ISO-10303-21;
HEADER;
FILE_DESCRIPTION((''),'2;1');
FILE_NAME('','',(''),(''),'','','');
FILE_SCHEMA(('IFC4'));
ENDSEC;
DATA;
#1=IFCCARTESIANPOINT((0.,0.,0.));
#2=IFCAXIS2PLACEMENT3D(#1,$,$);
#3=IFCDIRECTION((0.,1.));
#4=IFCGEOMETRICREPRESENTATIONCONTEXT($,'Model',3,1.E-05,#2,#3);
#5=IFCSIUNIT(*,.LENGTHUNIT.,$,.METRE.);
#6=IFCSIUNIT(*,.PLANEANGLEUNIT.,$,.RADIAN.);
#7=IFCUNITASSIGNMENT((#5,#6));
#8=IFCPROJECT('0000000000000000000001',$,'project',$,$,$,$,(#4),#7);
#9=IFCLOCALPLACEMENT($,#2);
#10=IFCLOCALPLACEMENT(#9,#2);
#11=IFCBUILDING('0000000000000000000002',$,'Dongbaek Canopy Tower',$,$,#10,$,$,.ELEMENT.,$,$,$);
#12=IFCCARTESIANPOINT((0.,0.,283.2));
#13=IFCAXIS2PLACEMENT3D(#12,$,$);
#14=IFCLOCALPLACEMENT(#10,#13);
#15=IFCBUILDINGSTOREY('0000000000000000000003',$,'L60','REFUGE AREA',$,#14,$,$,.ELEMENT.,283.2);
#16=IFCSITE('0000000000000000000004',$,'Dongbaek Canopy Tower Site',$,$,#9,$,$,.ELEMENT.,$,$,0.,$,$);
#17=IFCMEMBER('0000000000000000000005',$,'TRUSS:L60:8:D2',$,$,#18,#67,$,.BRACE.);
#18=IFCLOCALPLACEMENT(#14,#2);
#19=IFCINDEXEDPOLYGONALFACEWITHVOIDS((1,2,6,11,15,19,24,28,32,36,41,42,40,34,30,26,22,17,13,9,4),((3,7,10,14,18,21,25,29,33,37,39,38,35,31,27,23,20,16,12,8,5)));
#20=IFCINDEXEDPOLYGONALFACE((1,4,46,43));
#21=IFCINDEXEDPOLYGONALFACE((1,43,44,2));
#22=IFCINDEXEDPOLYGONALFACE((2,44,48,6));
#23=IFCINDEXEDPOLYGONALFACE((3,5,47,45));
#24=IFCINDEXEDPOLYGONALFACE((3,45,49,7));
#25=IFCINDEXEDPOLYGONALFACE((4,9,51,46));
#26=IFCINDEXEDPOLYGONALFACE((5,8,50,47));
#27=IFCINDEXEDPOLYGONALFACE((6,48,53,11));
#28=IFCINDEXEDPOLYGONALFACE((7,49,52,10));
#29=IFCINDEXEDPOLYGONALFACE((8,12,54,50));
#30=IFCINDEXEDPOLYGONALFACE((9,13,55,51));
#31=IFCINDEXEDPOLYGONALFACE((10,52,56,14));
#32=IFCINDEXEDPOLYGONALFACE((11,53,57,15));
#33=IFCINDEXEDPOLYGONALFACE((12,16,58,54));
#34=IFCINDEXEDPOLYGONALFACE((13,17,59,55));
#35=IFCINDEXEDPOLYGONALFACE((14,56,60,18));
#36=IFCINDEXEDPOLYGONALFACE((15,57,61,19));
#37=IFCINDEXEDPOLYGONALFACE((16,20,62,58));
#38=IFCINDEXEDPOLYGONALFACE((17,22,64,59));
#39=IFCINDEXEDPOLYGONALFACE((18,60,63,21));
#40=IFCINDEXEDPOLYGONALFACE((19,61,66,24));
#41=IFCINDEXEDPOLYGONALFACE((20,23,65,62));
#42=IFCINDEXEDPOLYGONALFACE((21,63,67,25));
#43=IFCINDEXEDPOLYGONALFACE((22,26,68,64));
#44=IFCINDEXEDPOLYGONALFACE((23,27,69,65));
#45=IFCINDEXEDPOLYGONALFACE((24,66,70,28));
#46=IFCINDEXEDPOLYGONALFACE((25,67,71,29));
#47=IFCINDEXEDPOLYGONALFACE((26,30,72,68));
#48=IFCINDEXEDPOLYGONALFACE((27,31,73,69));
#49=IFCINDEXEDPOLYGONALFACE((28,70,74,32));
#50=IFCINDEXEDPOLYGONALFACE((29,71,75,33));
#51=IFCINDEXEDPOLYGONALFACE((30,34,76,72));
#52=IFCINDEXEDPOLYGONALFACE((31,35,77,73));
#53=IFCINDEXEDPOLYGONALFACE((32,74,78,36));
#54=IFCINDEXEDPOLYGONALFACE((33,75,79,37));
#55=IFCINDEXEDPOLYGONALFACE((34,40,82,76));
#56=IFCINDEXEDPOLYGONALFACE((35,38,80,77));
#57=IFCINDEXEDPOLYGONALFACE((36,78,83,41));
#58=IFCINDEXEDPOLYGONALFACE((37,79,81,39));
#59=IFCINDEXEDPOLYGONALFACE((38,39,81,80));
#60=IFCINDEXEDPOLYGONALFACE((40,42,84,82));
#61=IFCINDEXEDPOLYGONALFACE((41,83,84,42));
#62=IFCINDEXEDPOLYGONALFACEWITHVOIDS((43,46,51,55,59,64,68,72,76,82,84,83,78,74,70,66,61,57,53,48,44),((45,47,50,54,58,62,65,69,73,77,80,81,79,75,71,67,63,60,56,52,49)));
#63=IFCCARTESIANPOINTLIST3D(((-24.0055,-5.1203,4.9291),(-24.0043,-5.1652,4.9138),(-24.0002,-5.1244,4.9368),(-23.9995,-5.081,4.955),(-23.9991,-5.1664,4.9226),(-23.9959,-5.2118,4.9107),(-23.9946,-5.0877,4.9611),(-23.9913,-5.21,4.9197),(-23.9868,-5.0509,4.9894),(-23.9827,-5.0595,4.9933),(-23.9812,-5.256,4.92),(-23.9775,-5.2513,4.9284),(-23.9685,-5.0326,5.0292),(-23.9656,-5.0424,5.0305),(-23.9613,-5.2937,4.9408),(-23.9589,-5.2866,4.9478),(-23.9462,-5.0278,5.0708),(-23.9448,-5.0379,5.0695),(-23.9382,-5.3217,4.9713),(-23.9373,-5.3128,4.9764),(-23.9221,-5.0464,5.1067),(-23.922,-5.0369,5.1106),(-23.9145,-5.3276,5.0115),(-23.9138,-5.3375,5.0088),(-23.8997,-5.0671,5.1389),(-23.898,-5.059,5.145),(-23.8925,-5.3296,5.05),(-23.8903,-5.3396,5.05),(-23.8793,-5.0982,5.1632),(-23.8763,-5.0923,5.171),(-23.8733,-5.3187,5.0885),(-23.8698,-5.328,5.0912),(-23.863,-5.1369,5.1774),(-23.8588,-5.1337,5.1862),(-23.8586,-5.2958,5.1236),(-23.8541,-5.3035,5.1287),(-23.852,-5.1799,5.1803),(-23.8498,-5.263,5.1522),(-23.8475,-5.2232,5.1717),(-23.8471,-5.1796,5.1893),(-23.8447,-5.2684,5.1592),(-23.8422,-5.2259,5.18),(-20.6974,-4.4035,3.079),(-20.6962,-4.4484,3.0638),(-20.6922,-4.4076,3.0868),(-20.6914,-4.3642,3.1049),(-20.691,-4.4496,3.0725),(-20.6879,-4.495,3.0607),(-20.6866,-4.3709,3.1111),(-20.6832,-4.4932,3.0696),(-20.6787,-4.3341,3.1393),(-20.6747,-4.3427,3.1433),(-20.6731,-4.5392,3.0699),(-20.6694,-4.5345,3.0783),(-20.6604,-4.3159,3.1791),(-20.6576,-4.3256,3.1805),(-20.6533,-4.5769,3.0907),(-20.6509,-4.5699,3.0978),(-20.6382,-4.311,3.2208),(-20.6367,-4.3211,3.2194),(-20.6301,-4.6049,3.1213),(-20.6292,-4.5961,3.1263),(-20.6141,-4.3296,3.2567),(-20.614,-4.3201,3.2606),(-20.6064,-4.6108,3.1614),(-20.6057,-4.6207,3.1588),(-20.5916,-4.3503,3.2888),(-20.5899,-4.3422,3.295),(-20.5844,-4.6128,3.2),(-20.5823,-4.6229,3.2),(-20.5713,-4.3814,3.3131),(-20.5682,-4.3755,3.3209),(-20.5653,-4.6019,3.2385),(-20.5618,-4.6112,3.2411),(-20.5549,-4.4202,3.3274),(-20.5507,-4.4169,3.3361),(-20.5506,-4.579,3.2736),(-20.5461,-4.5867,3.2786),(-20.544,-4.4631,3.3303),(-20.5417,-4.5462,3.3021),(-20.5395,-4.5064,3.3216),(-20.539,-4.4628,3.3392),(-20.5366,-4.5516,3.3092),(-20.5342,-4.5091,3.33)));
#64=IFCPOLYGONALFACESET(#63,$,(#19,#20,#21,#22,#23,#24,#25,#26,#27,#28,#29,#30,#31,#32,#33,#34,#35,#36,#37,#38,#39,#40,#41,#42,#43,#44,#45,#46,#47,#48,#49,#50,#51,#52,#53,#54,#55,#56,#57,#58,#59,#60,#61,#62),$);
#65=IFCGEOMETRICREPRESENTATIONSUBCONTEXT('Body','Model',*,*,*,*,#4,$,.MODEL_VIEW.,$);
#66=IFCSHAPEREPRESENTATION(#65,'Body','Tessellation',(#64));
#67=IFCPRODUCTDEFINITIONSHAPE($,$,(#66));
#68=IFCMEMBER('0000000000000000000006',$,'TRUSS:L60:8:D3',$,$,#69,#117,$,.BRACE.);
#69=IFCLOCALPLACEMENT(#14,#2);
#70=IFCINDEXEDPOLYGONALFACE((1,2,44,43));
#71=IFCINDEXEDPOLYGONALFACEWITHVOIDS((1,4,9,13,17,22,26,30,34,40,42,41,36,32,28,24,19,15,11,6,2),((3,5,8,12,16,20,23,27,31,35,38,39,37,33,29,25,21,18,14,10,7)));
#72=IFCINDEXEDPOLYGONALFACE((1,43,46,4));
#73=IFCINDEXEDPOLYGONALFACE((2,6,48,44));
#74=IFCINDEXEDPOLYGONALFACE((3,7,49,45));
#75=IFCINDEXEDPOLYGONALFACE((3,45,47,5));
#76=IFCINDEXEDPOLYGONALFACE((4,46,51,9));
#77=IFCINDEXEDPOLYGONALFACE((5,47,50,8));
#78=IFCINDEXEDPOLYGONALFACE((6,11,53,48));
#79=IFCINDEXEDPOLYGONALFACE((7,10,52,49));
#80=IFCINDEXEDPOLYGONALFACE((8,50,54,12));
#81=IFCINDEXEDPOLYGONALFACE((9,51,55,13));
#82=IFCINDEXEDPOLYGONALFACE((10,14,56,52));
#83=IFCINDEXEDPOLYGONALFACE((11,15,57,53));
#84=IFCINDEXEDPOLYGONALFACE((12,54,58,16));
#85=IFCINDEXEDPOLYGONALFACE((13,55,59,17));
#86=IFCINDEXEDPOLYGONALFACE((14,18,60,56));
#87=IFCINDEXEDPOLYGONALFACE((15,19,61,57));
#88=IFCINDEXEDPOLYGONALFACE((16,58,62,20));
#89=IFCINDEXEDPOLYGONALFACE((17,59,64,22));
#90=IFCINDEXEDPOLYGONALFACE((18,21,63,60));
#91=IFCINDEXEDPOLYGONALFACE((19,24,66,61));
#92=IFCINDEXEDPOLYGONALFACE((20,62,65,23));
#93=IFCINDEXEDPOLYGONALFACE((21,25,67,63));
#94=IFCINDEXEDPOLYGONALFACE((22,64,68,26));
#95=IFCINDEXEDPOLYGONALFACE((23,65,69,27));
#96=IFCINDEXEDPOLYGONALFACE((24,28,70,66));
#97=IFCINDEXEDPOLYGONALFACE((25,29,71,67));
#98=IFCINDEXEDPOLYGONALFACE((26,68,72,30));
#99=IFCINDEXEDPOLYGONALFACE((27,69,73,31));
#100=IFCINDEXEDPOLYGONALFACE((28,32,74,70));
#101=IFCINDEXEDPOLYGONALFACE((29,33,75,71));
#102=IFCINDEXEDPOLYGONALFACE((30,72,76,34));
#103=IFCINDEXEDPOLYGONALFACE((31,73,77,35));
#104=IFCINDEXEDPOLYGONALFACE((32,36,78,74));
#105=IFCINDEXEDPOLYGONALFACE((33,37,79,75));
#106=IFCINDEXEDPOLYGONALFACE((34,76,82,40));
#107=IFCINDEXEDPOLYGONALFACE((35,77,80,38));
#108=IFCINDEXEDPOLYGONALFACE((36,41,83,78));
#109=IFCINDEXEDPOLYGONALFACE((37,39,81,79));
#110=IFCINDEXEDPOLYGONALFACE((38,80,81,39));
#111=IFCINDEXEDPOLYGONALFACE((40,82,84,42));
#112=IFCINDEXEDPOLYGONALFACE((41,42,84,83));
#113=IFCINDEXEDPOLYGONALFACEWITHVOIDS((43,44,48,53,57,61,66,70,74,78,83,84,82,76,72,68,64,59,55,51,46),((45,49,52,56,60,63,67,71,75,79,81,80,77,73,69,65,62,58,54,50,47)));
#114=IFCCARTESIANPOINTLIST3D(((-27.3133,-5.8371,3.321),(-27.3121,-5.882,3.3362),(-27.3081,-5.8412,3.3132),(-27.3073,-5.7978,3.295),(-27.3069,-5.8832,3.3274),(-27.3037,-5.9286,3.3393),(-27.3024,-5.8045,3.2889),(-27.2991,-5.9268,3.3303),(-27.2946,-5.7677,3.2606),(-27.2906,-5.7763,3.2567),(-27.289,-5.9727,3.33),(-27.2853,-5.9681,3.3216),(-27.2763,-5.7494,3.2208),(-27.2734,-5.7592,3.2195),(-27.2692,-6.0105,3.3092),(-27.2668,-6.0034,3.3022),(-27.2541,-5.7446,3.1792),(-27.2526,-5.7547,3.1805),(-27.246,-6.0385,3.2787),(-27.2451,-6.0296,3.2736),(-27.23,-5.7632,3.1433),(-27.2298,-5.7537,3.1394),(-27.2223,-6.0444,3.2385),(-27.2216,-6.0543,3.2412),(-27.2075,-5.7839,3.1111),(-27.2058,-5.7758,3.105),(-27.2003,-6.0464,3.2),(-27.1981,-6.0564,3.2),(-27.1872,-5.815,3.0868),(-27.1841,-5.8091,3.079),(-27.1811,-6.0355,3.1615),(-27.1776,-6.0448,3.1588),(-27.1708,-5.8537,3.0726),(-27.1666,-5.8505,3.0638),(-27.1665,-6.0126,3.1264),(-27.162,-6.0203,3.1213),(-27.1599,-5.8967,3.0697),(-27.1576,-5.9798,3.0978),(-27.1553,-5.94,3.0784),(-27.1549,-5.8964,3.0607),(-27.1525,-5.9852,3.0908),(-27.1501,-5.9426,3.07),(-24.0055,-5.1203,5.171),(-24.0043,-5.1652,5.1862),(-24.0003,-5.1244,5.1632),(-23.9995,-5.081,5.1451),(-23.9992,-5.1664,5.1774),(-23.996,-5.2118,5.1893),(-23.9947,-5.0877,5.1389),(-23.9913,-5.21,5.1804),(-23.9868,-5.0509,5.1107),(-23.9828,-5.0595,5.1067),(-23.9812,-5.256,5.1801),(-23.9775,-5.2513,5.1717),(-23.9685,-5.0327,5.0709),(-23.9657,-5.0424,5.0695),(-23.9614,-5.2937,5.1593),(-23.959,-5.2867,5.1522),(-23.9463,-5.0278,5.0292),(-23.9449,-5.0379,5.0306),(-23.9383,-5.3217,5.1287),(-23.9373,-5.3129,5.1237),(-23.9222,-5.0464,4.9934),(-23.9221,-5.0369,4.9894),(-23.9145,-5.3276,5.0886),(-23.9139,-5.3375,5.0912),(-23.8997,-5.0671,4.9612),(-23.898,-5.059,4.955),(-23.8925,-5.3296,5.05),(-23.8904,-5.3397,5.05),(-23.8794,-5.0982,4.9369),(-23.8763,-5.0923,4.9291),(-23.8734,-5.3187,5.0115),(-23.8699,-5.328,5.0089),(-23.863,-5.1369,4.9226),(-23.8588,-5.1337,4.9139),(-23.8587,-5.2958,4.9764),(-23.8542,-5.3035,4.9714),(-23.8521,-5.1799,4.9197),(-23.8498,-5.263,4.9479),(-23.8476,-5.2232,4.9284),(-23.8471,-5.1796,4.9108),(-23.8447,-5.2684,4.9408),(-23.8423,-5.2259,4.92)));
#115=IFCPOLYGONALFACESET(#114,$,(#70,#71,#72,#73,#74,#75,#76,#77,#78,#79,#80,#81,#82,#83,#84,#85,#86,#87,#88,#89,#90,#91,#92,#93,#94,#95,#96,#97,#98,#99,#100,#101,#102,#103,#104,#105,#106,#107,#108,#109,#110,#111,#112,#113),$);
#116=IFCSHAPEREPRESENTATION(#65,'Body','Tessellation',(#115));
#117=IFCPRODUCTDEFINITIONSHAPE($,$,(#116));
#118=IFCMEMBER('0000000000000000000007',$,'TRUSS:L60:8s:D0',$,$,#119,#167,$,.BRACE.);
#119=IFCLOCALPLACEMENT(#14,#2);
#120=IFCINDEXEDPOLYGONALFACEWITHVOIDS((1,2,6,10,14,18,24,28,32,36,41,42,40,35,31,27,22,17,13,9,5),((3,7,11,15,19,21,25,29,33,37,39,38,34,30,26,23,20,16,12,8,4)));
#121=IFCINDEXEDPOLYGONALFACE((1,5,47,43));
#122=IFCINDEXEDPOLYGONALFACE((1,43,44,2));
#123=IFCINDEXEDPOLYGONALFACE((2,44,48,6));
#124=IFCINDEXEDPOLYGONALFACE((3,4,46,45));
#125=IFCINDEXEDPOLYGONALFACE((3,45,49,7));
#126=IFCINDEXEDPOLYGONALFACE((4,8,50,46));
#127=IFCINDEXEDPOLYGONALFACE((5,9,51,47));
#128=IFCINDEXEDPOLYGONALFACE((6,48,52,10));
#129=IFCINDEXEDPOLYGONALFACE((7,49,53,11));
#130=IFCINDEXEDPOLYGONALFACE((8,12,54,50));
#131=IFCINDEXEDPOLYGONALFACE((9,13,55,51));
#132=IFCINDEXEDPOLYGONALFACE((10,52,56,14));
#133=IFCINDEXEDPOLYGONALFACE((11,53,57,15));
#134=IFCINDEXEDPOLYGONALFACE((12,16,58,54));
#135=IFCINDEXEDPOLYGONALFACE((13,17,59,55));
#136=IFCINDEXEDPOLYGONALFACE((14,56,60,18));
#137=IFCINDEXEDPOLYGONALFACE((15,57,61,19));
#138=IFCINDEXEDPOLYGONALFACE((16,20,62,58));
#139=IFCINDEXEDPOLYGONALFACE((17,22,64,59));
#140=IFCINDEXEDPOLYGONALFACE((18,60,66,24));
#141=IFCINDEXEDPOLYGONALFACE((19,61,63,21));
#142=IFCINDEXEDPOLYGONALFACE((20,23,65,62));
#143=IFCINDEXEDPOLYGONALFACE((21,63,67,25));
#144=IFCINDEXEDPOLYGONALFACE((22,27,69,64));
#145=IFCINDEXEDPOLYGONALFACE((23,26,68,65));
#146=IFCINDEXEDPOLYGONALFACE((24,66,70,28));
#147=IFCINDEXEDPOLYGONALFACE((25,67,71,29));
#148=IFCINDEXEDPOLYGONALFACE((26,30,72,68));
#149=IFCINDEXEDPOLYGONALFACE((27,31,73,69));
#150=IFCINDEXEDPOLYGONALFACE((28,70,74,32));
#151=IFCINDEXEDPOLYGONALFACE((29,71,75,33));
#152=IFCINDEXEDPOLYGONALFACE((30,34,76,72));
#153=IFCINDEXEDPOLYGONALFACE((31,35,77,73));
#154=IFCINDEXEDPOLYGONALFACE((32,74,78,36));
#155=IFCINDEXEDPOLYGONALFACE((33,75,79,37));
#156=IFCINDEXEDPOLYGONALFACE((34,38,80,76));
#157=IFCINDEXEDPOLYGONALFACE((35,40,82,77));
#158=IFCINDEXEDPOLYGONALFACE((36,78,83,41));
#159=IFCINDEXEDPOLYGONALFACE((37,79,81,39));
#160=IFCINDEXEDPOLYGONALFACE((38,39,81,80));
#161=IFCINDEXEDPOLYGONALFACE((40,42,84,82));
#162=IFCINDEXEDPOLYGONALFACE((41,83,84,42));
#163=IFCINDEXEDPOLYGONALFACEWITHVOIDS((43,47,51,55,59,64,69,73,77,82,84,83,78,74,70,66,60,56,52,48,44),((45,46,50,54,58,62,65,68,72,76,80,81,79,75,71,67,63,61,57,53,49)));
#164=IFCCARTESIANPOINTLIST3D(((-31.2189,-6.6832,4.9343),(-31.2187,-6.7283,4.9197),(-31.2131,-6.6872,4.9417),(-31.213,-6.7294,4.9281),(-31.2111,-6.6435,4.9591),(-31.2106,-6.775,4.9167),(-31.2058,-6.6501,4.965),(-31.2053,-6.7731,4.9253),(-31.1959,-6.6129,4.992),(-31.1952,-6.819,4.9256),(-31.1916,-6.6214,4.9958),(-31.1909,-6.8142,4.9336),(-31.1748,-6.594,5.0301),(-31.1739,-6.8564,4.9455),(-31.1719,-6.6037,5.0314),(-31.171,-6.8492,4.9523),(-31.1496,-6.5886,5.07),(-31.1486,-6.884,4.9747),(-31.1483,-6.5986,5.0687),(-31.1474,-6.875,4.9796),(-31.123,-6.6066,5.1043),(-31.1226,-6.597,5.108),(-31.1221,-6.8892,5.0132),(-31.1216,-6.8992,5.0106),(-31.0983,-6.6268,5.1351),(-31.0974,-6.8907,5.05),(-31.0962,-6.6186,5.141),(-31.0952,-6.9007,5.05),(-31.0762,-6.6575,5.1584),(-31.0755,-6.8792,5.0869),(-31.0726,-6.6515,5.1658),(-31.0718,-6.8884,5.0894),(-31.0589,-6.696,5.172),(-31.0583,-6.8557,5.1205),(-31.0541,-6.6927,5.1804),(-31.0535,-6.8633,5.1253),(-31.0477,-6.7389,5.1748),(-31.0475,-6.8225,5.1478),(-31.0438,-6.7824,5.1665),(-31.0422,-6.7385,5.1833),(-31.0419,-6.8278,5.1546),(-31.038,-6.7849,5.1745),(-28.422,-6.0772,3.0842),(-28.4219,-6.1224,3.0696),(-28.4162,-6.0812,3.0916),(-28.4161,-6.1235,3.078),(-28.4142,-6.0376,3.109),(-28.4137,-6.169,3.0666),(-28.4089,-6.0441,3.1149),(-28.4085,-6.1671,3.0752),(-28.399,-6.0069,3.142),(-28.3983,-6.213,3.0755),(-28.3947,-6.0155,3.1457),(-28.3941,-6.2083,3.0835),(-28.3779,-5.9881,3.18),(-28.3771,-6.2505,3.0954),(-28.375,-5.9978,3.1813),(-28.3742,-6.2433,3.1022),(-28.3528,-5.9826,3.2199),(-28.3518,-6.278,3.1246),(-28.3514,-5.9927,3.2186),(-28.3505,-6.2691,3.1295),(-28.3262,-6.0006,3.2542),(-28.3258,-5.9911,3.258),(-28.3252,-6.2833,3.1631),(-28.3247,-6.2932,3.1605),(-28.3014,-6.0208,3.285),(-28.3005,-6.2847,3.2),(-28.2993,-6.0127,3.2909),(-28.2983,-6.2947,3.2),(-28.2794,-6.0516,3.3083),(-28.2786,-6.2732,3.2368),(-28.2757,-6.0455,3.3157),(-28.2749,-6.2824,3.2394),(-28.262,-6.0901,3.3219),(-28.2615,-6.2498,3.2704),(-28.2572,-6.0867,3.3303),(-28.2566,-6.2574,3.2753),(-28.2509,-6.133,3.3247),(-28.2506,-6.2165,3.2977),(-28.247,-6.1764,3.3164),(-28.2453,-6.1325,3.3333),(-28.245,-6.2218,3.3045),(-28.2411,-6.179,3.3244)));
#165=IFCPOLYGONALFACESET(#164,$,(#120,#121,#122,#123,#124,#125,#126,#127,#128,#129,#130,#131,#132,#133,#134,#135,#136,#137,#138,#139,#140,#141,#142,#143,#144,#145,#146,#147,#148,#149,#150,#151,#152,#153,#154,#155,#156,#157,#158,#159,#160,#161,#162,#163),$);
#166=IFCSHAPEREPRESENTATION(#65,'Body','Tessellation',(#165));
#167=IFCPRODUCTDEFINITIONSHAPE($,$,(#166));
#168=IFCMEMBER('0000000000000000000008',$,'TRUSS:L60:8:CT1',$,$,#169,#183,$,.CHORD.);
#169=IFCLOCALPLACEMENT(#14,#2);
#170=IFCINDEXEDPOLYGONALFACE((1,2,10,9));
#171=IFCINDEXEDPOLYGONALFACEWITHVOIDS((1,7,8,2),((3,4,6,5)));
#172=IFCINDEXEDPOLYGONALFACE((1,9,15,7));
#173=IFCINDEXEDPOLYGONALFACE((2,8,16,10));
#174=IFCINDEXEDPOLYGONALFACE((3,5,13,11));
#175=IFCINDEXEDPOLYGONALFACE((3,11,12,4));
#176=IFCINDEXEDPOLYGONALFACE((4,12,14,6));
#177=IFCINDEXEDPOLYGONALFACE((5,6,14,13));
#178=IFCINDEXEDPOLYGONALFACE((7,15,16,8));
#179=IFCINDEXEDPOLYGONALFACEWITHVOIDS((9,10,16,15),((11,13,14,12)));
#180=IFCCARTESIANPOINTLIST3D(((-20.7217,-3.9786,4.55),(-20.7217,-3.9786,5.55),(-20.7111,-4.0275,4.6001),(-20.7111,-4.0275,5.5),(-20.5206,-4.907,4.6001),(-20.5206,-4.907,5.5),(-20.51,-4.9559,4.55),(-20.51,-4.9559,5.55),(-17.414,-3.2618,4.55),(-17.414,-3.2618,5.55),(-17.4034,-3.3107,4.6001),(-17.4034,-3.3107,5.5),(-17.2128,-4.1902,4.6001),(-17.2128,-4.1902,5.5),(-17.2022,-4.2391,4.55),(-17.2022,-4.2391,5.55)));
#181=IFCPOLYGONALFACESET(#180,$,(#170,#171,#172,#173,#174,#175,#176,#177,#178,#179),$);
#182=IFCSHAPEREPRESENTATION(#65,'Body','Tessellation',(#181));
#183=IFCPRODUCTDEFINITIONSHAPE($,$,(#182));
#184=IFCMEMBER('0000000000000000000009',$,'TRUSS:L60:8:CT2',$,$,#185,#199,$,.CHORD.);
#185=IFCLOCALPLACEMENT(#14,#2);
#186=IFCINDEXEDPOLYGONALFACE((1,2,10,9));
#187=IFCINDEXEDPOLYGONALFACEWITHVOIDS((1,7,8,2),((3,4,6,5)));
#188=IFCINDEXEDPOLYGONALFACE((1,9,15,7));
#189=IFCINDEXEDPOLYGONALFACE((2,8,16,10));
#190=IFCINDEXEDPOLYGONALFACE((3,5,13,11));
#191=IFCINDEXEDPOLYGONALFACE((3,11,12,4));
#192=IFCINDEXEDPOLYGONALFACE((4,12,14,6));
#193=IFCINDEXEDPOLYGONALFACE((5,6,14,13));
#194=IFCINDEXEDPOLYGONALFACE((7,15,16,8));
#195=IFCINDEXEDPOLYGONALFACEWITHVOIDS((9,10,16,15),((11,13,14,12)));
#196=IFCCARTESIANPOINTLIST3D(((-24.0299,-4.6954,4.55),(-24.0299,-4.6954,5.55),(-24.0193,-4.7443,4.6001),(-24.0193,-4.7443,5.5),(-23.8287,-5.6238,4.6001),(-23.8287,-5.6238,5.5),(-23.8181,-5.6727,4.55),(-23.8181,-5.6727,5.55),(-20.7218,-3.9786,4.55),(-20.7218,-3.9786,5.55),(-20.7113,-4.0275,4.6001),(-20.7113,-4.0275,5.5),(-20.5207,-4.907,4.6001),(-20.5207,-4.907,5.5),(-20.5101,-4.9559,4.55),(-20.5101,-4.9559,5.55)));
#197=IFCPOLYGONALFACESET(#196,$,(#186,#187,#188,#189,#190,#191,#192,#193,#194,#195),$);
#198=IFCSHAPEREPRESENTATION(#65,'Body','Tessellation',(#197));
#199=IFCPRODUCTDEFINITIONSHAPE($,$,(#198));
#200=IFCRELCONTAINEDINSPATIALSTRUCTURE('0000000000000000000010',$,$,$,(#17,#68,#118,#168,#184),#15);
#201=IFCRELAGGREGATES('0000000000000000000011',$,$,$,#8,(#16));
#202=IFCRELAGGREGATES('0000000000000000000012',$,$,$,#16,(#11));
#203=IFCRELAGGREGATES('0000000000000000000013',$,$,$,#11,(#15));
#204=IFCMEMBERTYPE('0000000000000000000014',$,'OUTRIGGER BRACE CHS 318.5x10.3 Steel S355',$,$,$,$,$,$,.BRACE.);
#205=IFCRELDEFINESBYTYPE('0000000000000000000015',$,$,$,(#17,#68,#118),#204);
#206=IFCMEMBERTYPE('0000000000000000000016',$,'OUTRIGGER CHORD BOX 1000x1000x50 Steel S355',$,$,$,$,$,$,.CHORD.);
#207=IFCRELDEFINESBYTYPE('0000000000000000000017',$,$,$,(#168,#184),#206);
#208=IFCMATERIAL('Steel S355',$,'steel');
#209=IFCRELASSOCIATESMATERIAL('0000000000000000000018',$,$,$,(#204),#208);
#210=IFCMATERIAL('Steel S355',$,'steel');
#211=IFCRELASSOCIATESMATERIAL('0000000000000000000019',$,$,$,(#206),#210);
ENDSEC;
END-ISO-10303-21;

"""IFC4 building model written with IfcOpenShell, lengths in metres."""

from ifc_helpers import new_model, si_unit, direction, frame, origin, origin_2d, place, context, subcontext, project, spatial, hollow_rectangle, hollow_circle, extrude, material, material_profile, profile_set, type_object, element, save


model = new_model("IFC4")

# Units and contexts
model_context = context("Model", 3, precision=1e-05, world=origin(), true_north=direction((0.0, 1.0)))
body_context = subcontext(model_context, "Body", "Model", "MODEL_VIEW")
ifc_project = project(units=[si_unit("LENGTHUNIT", "METRE"), si_unit("PLANEANGLEUNIT", "RADIAN")], contexts=[model_context])

# Site, building, storey
site_placement = place(None, origin())
site = spatial("IfcSite", under=ifc_project, at=site_placement, Name="Dongbaek Canopy Tower Site", CompositionType="ELEMENT", RefElevation=0.0)
building_placement = place(site_placement, origin())
building = spatial("IfcBuilding", under=site, at=building_placement, Name="Dongbaek Canopy Tower", CompositionType="ELEMENT")
storey_placement = place(building_placement, frame((0.0, 0.0, 283.2)))
storey = spatial("IfcBuildingStorey", under=building, at=storey_placement, Name="L60", Description="REFUGE AREA", CompositionType="ELEMENT", Elevation=283.2)

# Members
ifc_material_1 = material(Name="Steel S355", Category="steel")
ifc_material_profile_1 = material_profile(ifc_material_1, hollow_circle(Radius=0.1592, WallThickness=0.0103, at=origin_2d()), Name="OUTRIGGER BRACE CHS 318.5x10.3 Steel S355")
ifc_profile_set_1 = profile_set([ifc_material_profile_1], Name="Steel S355")
member_type_1 = type_object("IfcMemberType", Name="OUTRIGGER BRACE CHS 318.5x10.3 Steel S355", PredefinedType="BRACE", material=ifc_profile_set_1)
member_1_placement = place(storey_placement, frame((-20.616, -4.4673, 3.2), z_axis=(-0.85758, -0.18582, 0.479612), x_axis=(0.211765, -0.977321, 0.0)))
element("IfcMember", 1, at=member_1_placement, inside=storey, type_object=member_type_1, Name="TRUSS:L60:8:D2", PredefinedType="BRACE", context=body_context, shape_type="SweptSolid", body=[
    extrude(hollow_circle(Radius=0.1592, WallThickness=0.0103, at=origin_2d()), origin(), (0.0, 0.0, 1.0), 3.8574),
])
member_2_placement = place(storey_placement, frame((-23.9241, -5.1841, 5.05), z_axis=(-0.857563, -0.18583, -0.479638), x_axis=(0.21178, -0.977317, 0.0)))
element("IfcMember", 2, at=member_2_placement, inside=storey, type_object=member_type_1, Name="TRUSS:L60:8:D3", PredefinedType="BRACE", context=body_context, shape_type="SweptSolid", body=[
    extrude(hollow_circle(Radius=0.1592, WallThickness=0.0103, at=origin_2d()), origin(), (0.0, 0.0, 1.0), 3.8572),
])
member_3_placement = place(storey_placement, frame((-28.332, -6.1392, 3.2), z_axis=(-0.820747, -0.177819, 0.542914), x_axis=(0.211742, -0.977325, 0.0)))
element("IfcMember", 3, at=member_3_placement, inside=storey, type_object=member_type_1, Name="TRUSS:L60:8s:D0", PredefinedType="BRACE", context=body_context, shape_type="SweptSolid", body=[
    extrude(hollow_circle(Radius=0.1592, WallThickness=0.0103, at=origin_2d()), origin(), (0.0, 0.0, 1.0), 3.4077),
])
ifc_material_2 = material(Name="Steel S355", Category="steel")
ifc_material_profile_2 = material_profile(ifc_material_2, hollow_rectangle(XDim=1.0, YDim=1.0, WallThickness=0.05, at=origin_2d()), Name="OUTRIGGER CHORD BOX 1000x1000x50 Steel S355")
ifc_profile_set_2 = profile_set([ifc_material_profile_2], Name="Steel S355")
member_type_2 = type_object("IfcMemberType", Name="OUTRIGGER CHORD BOX 1000x1000x50 Steel S355", PredefinedType="CHORD", material=ifc_profile_set_2)
member_4_placement = place(storey_placement, frame((-17.3081, -3.7505, 5.05), z_axis=(-0.977317, -0.21178, 0.0), x_axis=(0.21178, -0.977317, 0.0)))
element("IfcMember", 4, at=member_4_placement, inside=storey, type_object=member_type_2, Name="TRUSS:L60:8:CT1", PredefinedType="CHORD", context=body_context, shape_type="SweptSolid", body=[
    extrude(hollow_rectangle(XDim=1.0, YDim=1.0, WallThickness=0.05, at=origin_2d()), origin(), (0.0, 0.0, 1.0), 3.3845),
])
member_5_placement = place(storey_placement, frame((-20.616, -4.4673, 5.05), z_axis=(-0.977321, -0.211765, 0.0), x_axis=(0.211765, -0.977321, 0.0)))
element("IfcMember", 5, at=member_5_placement, inside=storey, type_object=member_type_2, Name="TRUSS:L60:8:CT2", PredefinedType="CHORD", context=body_context, shape_type="SweptSolid", body=[
    extrude(hollow_rectangle(XDim=1.0, YDim=1.0, WallThickness=0.05, at=origin_2d()), origin(), (0.0, 0.0, 1.0), 3.3848),
])

save(model, "model.ifc")
